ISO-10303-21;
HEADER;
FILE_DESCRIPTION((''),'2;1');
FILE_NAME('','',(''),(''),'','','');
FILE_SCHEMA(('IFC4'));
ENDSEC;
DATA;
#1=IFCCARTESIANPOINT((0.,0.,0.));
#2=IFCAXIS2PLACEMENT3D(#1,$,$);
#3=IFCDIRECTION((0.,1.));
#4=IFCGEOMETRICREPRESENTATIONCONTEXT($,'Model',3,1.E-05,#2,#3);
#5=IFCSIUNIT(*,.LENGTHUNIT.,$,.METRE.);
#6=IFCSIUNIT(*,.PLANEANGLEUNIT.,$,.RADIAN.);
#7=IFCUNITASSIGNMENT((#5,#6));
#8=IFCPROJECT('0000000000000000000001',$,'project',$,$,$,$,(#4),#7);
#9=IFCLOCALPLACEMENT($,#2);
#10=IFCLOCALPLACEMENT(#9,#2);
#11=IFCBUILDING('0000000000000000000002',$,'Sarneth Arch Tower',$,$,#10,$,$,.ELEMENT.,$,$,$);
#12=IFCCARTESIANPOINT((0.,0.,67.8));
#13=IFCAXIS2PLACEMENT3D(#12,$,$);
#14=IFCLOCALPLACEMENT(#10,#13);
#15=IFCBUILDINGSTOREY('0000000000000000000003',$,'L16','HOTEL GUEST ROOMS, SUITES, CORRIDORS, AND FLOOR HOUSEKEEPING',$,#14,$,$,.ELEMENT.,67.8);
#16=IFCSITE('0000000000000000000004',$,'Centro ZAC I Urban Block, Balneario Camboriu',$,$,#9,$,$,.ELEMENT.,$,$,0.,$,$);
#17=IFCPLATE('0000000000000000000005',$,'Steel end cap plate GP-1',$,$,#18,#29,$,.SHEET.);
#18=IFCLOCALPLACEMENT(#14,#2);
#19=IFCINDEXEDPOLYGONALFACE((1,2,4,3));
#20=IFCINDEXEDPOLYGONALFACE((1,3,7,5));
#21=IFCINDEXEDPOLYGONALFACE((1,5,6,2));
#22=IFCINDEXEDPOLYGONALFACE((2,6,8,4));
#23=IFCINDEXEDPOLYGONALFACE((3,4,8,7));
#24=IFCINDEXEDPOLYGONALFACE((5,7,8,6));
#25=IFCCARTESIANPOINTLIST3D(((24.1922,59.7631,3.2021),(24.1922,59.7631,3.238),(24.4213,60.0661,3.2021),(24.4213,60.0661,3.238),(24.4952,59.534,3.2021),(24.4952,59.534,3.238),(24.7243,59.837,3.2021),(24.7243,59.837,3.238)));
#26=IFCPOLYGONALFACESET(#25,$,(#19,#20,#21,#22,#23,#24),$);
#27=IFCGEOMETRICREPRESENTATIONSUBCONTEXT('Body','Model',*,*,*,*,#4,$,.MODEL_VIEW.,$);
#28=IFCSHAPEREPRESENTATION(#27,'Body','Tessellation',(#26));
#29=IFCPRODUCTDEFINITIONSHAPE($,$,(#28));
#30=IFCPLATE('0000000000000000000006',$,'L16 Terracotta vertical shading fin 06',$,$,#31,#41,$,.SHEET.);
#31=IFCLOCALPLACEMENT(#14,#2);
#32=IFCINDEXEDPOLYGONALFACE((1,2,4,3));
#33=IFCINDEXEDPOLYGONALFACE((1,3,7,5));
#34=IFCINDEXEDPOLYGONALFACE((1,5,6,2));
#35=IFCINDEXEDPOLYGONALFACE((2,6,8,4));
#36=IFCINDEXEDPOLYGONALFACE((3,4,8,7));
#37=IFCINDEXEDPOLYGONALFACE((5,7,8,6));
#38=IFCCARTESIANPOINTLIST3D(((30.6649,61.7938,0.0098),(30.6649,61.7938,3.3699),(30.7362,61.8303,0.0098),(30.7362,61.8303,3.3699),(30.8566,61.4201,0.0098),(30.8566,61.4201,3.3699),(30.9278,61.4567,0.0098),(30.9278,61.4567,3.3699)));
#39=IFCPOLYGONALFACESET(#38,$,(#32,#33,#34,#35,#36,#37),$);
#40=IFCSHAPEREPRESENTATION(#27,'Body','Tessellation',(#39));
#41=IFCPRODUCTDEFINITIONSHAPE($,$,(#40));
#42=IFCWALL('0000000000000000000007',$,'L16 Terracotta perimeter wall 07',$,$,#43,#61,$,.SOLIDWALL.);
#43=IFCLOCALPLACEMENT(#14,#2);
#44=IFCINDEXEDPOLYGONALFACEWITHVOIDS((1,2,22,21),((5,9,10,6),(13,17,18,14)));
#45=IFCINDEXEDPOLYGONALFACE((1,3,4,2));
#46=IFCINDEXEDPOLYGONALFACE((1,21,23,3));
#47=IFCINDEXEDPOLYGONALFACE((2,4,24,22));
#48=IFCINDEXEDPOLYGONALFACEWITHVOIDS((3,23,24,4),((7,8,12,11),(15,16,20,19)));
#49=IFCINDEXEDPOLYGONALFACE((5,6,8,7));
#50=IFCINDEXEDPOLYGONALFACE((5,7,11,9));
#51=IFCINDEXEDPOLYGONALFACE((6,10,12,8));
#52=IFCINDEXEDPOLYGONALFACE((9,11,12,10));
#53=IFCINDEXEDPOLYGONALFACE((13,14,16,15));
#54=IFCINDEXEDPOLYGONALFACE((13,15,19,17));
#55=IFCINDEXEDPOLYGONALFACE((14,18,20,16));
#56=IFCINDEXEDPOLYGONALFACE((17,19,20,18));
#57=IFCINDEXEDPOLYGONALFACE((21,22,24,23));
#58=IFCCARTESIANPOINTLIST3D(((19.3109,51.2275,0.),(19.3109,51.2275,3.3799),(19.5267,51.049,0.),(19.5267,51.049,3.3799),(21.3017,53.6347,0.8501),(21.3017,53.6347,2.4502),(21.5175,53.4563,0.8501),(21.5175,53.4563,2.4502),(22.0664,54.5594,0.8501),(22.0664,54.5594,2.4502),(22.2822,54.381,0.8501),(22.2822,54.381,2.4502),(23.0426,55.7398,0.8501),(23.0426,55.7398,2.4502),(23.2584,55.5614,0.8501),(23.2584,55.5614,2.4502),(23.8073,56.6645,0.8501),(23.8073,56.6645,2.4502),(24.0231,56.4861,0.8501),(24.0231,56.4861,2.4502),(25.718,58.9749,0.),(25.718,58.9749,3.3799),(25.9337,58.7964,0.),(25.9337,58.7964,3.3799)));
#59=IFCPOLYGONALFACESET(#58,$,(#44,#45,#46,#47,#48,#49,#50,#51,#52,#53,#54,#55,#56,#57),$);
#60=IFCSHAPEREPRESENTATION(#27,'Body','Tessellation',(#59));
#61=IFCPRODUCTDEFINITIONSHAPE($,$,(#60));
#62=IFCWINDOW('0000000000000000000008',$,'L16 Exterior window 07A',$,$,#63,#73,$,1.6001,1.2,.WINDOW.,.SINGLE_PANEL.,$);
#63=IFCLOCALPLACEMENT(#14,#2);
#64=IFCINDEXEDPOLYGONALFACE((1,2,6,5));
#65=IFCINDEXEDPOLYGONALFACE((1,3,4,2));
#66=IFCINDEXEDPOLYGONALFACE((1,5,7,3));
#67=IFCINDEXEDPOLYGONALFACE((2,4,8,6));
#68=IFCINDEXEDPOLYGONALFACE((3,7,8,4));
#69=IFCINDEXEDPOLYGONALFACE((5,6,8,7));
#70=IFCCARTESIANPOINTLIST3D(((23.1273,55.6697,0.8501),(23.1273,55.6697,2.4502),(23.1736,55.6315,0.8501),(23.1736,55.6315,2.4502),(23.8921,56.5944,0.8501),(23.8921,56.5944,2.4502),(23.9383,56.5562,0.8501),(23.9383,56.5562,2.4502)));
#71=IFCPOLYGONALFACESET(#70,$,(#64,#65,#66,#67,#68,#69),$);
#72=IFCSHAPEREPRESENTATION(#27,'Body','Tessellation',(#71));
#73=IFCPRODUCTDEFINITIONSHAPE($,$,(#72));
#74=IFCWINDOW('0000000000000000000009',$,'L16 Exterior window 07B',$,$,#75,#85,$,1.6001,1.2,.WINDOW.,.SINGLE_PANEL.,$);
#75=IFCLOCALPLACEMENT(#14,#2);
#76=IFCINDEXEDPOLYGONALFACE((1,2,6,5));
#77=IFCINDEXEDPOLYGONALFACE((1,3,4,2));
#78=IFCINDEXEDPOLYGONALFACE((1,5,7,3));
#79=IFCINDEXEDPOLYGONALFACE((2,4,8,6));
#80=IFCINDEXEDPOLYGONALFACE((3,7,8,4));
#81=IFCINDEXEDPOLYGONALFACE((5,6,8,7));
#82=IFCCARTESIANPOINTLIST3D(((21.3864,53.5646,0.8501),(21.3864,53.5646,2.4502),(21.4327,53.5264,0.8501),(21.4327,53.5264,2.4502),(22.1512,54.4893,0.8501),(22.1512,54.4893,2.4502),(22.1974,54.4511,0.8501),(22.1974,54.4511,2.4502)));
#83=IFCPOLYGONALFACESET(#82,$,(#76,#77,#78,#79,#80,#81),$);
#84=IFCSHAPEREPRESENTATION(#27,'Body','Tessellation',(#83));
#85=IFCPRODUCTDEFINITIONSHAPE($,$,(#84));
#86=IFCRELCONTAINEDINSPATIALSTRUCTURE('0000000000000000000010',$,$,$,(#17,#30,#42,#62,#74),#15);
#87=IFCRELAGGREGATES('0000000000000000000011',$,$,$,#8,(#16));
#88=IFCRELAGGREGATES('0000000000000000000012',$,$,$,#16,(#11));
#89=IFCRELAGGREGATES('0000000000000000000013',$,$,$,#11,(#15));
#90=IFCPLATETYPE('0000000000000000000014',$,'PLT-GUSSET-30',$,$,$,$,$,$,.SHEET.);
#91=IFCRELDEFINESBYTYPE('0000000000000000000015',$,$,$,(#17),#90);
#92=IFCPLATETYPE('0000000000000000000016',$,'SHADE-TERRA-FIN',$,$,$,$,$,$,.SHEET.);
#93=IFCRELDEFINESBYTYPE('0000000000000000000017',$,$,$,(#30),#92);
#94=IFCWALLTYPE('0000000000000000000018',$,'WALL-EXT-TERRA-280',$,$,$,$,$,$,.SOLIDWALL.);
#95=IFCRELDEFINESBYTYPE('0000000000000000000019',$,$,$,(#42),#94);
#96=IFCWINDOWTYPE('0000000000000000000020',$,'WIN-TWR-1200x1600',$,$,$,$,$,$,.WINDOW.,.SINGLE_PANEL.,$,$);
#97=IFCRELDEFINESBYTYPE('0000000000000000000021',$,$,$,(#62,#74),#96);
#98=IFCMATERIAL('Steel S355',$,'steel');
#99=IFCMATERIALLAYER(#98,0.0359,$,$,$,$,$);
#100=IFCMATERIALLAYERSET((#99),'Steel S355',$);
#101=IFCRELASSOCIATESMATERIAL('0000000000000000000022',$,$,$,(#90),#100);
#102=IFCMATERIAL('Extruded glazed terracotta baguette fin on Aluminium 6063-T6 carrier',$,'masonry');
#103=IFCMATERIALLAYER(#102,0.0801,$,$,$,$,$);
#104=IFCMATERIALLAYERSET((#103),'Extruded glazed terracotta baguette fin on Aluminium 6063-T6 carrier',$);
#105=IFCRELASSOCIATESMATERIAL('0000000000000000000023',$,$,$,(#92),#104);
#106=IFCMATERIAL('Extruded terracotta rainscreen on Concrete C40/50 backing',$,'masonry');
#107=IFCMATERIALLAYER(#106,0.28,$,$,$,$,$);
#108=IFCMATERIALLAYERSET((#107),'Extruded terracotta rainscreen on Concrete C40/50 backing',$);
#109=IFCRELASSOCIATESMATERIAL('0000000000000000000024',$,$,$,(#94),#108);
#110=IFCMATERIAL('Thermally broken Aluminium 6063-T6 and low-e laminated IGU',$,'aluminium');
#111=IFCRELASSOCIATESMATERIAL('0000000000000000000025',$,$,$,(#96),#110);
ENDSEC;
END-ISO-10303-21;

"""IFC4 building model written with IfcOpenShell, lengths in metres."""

from ifc_helpers import new_model, si_unit, direction, frame, frame_2d, origin, origin_2d, place, context, subcontext, project, spatial, rectangle, extrude, material, layer, layer_set, type_object, element, fill, save


model = new_model("IFC4")

# Units and contexts
model_context = context("Model", 3, precision=1e-05, world=origin(), true_north=direction((0.0, 1.0)))
body_context = subcontext(model_context, "Body", "Model", "MODEL_VIEW")
ifc_project = project(units=[si_unit("LENGTHUNIT", "METRE"), si_unit("PLANEANGLEUNIT", "RADIAN")], contexts=[model_context])

# Site, building, storey
site_placement = place(None, origin())
site = spatial("IfcSite", under=ifc_project, at=site_placement, Name="Centro ZAC I Urban Block, Balneario Camboriu", CompositionType="ELEMENT", RefElevation=0.0)
building_placement = place(site_placement, origin())
building = spatial("IfcBuilding", under=site, at=building_placement, Name="Sarneth Arch Tower", CompositionType="ELEMENT")
storey_placement = place(building_placement, frame((0.0, 0.0, 67.8)))
storey = spatial("IfcBuildingStorey", under=building, at=storey_placement, Name="L16", Description="HOTEL GUEST ROOMS, SUITES, CORRIDORS, AND FLOOR HOUSEKEEPING", CompositionType="ELEMENT", Elevation=67.8)

# Plates
ifc_material_1 = material(Name="Steel S355", Category="steel")
ifc_layer_1 = layer(ifc_material_1, 0.0359)
ifc_layer_set_1 = layer_set([ifc_layer_1], Name="Steel S355")
plate_type_1 = type_object("IfcPlateType", Name="PLT-GUSSET-30", PredefinedType="SHEET", material=ifc_layer_set_1)
plate_1_placement = place(storey_placement, frame((24.4583, 59.8, 3.2021), z_axis=(0.0, 0.0, 1.0), x_axis=(-0.797689, 0.603069, 0.0)))
element("IfcPlate", 1, at=plate_1_placement, inside=storey, type_object=plate_type_1, Name="Steel end cap plate GP-1", PredefinedType="SHEET", context=body_context, shape_type="SweptSolid", body=[
    extrude(rectangle(XDim=0.3799, YDim=0.3799, at=origin_2d()), origin(), (0.0, 0.0, 1.0), 0.0359),
])
ifc_material_2 = material(Name="Extruded glazed terracotta baguette fin on Aluminium 6063-T6 carrier", Category="masonry")
ifc_layer_2 = layer(ifc_material_2, 0.0801)
ifc_layer_set_2 = layer_set([ifc_layer_2], Name="Extruded glazed terracotta baguette fin on Aluminium 6063-T6 carrier")
plate_type_2 = type_object("IfcPlateType", Name="SHADE-TERRA-FIN", PredefinedType="SHEET", material=ifc_layer_set_2)
plate_2_placement = place(storey_placement, frame((30.7964, 61.6252, 0.0098), z_axis=(0.0, 0.0, 1.0), x_axis=(-0.456322, 0.889815, 0.0)))
element("IfcPlate", 2, at=plate_2_placement, inside=storey, type_object=plate_type_2, Name="L16 Terracotta vertical shading fin 06", PredefinedType="SHEET", context=body_context, shape_type="SweptSolid", body=[
    extrude(rectangle(XDim=0.4199, YDim=0.0801, at=origin_2d()), origin(), (0.0, 0.0, 1.0), 3.3601),
])

# Wall, openings, windows
ifc_material_3 = material(Name="Extruded terracotta rainscreen on Concrete C40/50 backing", Category="masonry")
ifc_layer_3 = layer(ifc_material_3, 0.28)
ifc_layer_set_3 = layer_set([ifc_layer_3], Name="Extruded terracotta rainscreen on Concrete C40/50 backing")
wall_type = type_object("IfcWallType", Name="WALL-EXT-TERRA-280", PredefinedType="SOLIDWALL", material=ifc_layer_set_3)
wall_placement = place(storey_placement, frame((25.8259, 58.8857, 0.0), z_axis=(0.0, 0.0, 1.0), x_axis=(-0.637297, -0.770618, 0.0)))
wall = element("IfcWall", 3, at=wall_placement, inside=storey, type_object=wall_type, Name="L16 Terracotta perimeter wall 07", PredefinedType="SOLIDWALL", context=body_context, shape_type="SweptSolid", body=[
    extrude(rectangle(XDim=10.0535, YDim=0.28, at=frame_2d((5.0269, 0.0))), origin(), (0.0, 0.0, 1.0), 3.3799),
])
opening_1_placement = place(wall_placement, frame((2.998, 0.0, 0.8501)))
opening_1 = element("IfcOpeningElement", 4, at=opening_1_placement, cuts=wall, PredefinedType="OPENING", context=body_context, shape_type="SweptSolid", body=[
    extrude(rectangle(XDim=1.2, YDim=1.6001, at=frame_2d((0.6001, 0.8))), frame((0.0, 0.1499, 0.0), z_axis=(0.0, -1.0, 0.0), x_axis=(1.0, 0.0, 0.0)), (0.0, 0.0, 1.0), 0.3),
])
opening_2_placement = place(wall_placement, frame((5.7297, 0.0, 0.8501)))
opening_2 = element("IfcOpeningElement", 5, at=opening_2_placement, cuts=wall, PredefinedType="OPENING", context=body_context, shape_type="SweptSolid", body=[
    extrude(rectangle(XDim=1.2, YDim=1.6001, at=frame_2d((0.6001, 0.8))), frame((0.0, 0.1499, 0.0), z_axis=(0.0, -1.0, 0.0), x_axis=(1.0, 0.0, 0.0)), (0.0, 0.0, 1.0), 0.3),
])
ifc_material_4 = material(Name="Thermally broken Aluminium 6063-T6 and low-e laminated IGU", Category="aluminium")
window_type = type_object("IfcWindowType", Name="WIN-TWR-1200x1600", PartitioningType="SINGLE_PANEL", PredefinedType="WINDOW", material=ifc_material_4)
window_1_placement = place(opening_1_placement, origin())
window_1 = element("IfcWindow", 6, at=window_1_placement, inside=storey, type_object=window_type, Name="L16 Exterior window 07A", OverallHeight=1.6001, OverallWidth=1.2, PartitioningType="SINGLE_PANEL", PredefinedType="WINDOW", context=body_context, shape_type="SweptSolid", body=[
    extrude(rectangle(XDim=1.2, YDim=1.6001, at=frame_2d((0.6001, 0.8))), frame((0.0, 0.03, 0.0), z_axis=(0.0, -1.0, 0.0), x_axis=(1.0, 0.0, 0.0)), (0.0, 0.0, 1.0), 0.0601),
])
fill(opening_1, window_1)
window_2_placement = place(opening_2_placement, origin())
window_2 = element("IfcWindow", 7, at=window_2_placement, inside=storey, type_object=window_type, Name="L16 Exterior window 07B", OverallHeight=1.6001, OverallWidth=1.2, PartitioningType="SINGLE_PANEL", PredefinedType="WINDOW", context=body_context, shape_type="SweptSolid", body=[
    extrude(rectangle(XDim=1.2, YDim=1.6001, at=frame_2d((0.6001, 0.8))), frame((0.0, 0.03, 0.0), z_axis=(0.0, -1.0, 0.0), x_axis=(1.0, 0.0, 0.0)), (0.0, 0.0, 1.0), 0.0601),
])
fill(opening_2, window_2)

save(model, "model.ifc")
